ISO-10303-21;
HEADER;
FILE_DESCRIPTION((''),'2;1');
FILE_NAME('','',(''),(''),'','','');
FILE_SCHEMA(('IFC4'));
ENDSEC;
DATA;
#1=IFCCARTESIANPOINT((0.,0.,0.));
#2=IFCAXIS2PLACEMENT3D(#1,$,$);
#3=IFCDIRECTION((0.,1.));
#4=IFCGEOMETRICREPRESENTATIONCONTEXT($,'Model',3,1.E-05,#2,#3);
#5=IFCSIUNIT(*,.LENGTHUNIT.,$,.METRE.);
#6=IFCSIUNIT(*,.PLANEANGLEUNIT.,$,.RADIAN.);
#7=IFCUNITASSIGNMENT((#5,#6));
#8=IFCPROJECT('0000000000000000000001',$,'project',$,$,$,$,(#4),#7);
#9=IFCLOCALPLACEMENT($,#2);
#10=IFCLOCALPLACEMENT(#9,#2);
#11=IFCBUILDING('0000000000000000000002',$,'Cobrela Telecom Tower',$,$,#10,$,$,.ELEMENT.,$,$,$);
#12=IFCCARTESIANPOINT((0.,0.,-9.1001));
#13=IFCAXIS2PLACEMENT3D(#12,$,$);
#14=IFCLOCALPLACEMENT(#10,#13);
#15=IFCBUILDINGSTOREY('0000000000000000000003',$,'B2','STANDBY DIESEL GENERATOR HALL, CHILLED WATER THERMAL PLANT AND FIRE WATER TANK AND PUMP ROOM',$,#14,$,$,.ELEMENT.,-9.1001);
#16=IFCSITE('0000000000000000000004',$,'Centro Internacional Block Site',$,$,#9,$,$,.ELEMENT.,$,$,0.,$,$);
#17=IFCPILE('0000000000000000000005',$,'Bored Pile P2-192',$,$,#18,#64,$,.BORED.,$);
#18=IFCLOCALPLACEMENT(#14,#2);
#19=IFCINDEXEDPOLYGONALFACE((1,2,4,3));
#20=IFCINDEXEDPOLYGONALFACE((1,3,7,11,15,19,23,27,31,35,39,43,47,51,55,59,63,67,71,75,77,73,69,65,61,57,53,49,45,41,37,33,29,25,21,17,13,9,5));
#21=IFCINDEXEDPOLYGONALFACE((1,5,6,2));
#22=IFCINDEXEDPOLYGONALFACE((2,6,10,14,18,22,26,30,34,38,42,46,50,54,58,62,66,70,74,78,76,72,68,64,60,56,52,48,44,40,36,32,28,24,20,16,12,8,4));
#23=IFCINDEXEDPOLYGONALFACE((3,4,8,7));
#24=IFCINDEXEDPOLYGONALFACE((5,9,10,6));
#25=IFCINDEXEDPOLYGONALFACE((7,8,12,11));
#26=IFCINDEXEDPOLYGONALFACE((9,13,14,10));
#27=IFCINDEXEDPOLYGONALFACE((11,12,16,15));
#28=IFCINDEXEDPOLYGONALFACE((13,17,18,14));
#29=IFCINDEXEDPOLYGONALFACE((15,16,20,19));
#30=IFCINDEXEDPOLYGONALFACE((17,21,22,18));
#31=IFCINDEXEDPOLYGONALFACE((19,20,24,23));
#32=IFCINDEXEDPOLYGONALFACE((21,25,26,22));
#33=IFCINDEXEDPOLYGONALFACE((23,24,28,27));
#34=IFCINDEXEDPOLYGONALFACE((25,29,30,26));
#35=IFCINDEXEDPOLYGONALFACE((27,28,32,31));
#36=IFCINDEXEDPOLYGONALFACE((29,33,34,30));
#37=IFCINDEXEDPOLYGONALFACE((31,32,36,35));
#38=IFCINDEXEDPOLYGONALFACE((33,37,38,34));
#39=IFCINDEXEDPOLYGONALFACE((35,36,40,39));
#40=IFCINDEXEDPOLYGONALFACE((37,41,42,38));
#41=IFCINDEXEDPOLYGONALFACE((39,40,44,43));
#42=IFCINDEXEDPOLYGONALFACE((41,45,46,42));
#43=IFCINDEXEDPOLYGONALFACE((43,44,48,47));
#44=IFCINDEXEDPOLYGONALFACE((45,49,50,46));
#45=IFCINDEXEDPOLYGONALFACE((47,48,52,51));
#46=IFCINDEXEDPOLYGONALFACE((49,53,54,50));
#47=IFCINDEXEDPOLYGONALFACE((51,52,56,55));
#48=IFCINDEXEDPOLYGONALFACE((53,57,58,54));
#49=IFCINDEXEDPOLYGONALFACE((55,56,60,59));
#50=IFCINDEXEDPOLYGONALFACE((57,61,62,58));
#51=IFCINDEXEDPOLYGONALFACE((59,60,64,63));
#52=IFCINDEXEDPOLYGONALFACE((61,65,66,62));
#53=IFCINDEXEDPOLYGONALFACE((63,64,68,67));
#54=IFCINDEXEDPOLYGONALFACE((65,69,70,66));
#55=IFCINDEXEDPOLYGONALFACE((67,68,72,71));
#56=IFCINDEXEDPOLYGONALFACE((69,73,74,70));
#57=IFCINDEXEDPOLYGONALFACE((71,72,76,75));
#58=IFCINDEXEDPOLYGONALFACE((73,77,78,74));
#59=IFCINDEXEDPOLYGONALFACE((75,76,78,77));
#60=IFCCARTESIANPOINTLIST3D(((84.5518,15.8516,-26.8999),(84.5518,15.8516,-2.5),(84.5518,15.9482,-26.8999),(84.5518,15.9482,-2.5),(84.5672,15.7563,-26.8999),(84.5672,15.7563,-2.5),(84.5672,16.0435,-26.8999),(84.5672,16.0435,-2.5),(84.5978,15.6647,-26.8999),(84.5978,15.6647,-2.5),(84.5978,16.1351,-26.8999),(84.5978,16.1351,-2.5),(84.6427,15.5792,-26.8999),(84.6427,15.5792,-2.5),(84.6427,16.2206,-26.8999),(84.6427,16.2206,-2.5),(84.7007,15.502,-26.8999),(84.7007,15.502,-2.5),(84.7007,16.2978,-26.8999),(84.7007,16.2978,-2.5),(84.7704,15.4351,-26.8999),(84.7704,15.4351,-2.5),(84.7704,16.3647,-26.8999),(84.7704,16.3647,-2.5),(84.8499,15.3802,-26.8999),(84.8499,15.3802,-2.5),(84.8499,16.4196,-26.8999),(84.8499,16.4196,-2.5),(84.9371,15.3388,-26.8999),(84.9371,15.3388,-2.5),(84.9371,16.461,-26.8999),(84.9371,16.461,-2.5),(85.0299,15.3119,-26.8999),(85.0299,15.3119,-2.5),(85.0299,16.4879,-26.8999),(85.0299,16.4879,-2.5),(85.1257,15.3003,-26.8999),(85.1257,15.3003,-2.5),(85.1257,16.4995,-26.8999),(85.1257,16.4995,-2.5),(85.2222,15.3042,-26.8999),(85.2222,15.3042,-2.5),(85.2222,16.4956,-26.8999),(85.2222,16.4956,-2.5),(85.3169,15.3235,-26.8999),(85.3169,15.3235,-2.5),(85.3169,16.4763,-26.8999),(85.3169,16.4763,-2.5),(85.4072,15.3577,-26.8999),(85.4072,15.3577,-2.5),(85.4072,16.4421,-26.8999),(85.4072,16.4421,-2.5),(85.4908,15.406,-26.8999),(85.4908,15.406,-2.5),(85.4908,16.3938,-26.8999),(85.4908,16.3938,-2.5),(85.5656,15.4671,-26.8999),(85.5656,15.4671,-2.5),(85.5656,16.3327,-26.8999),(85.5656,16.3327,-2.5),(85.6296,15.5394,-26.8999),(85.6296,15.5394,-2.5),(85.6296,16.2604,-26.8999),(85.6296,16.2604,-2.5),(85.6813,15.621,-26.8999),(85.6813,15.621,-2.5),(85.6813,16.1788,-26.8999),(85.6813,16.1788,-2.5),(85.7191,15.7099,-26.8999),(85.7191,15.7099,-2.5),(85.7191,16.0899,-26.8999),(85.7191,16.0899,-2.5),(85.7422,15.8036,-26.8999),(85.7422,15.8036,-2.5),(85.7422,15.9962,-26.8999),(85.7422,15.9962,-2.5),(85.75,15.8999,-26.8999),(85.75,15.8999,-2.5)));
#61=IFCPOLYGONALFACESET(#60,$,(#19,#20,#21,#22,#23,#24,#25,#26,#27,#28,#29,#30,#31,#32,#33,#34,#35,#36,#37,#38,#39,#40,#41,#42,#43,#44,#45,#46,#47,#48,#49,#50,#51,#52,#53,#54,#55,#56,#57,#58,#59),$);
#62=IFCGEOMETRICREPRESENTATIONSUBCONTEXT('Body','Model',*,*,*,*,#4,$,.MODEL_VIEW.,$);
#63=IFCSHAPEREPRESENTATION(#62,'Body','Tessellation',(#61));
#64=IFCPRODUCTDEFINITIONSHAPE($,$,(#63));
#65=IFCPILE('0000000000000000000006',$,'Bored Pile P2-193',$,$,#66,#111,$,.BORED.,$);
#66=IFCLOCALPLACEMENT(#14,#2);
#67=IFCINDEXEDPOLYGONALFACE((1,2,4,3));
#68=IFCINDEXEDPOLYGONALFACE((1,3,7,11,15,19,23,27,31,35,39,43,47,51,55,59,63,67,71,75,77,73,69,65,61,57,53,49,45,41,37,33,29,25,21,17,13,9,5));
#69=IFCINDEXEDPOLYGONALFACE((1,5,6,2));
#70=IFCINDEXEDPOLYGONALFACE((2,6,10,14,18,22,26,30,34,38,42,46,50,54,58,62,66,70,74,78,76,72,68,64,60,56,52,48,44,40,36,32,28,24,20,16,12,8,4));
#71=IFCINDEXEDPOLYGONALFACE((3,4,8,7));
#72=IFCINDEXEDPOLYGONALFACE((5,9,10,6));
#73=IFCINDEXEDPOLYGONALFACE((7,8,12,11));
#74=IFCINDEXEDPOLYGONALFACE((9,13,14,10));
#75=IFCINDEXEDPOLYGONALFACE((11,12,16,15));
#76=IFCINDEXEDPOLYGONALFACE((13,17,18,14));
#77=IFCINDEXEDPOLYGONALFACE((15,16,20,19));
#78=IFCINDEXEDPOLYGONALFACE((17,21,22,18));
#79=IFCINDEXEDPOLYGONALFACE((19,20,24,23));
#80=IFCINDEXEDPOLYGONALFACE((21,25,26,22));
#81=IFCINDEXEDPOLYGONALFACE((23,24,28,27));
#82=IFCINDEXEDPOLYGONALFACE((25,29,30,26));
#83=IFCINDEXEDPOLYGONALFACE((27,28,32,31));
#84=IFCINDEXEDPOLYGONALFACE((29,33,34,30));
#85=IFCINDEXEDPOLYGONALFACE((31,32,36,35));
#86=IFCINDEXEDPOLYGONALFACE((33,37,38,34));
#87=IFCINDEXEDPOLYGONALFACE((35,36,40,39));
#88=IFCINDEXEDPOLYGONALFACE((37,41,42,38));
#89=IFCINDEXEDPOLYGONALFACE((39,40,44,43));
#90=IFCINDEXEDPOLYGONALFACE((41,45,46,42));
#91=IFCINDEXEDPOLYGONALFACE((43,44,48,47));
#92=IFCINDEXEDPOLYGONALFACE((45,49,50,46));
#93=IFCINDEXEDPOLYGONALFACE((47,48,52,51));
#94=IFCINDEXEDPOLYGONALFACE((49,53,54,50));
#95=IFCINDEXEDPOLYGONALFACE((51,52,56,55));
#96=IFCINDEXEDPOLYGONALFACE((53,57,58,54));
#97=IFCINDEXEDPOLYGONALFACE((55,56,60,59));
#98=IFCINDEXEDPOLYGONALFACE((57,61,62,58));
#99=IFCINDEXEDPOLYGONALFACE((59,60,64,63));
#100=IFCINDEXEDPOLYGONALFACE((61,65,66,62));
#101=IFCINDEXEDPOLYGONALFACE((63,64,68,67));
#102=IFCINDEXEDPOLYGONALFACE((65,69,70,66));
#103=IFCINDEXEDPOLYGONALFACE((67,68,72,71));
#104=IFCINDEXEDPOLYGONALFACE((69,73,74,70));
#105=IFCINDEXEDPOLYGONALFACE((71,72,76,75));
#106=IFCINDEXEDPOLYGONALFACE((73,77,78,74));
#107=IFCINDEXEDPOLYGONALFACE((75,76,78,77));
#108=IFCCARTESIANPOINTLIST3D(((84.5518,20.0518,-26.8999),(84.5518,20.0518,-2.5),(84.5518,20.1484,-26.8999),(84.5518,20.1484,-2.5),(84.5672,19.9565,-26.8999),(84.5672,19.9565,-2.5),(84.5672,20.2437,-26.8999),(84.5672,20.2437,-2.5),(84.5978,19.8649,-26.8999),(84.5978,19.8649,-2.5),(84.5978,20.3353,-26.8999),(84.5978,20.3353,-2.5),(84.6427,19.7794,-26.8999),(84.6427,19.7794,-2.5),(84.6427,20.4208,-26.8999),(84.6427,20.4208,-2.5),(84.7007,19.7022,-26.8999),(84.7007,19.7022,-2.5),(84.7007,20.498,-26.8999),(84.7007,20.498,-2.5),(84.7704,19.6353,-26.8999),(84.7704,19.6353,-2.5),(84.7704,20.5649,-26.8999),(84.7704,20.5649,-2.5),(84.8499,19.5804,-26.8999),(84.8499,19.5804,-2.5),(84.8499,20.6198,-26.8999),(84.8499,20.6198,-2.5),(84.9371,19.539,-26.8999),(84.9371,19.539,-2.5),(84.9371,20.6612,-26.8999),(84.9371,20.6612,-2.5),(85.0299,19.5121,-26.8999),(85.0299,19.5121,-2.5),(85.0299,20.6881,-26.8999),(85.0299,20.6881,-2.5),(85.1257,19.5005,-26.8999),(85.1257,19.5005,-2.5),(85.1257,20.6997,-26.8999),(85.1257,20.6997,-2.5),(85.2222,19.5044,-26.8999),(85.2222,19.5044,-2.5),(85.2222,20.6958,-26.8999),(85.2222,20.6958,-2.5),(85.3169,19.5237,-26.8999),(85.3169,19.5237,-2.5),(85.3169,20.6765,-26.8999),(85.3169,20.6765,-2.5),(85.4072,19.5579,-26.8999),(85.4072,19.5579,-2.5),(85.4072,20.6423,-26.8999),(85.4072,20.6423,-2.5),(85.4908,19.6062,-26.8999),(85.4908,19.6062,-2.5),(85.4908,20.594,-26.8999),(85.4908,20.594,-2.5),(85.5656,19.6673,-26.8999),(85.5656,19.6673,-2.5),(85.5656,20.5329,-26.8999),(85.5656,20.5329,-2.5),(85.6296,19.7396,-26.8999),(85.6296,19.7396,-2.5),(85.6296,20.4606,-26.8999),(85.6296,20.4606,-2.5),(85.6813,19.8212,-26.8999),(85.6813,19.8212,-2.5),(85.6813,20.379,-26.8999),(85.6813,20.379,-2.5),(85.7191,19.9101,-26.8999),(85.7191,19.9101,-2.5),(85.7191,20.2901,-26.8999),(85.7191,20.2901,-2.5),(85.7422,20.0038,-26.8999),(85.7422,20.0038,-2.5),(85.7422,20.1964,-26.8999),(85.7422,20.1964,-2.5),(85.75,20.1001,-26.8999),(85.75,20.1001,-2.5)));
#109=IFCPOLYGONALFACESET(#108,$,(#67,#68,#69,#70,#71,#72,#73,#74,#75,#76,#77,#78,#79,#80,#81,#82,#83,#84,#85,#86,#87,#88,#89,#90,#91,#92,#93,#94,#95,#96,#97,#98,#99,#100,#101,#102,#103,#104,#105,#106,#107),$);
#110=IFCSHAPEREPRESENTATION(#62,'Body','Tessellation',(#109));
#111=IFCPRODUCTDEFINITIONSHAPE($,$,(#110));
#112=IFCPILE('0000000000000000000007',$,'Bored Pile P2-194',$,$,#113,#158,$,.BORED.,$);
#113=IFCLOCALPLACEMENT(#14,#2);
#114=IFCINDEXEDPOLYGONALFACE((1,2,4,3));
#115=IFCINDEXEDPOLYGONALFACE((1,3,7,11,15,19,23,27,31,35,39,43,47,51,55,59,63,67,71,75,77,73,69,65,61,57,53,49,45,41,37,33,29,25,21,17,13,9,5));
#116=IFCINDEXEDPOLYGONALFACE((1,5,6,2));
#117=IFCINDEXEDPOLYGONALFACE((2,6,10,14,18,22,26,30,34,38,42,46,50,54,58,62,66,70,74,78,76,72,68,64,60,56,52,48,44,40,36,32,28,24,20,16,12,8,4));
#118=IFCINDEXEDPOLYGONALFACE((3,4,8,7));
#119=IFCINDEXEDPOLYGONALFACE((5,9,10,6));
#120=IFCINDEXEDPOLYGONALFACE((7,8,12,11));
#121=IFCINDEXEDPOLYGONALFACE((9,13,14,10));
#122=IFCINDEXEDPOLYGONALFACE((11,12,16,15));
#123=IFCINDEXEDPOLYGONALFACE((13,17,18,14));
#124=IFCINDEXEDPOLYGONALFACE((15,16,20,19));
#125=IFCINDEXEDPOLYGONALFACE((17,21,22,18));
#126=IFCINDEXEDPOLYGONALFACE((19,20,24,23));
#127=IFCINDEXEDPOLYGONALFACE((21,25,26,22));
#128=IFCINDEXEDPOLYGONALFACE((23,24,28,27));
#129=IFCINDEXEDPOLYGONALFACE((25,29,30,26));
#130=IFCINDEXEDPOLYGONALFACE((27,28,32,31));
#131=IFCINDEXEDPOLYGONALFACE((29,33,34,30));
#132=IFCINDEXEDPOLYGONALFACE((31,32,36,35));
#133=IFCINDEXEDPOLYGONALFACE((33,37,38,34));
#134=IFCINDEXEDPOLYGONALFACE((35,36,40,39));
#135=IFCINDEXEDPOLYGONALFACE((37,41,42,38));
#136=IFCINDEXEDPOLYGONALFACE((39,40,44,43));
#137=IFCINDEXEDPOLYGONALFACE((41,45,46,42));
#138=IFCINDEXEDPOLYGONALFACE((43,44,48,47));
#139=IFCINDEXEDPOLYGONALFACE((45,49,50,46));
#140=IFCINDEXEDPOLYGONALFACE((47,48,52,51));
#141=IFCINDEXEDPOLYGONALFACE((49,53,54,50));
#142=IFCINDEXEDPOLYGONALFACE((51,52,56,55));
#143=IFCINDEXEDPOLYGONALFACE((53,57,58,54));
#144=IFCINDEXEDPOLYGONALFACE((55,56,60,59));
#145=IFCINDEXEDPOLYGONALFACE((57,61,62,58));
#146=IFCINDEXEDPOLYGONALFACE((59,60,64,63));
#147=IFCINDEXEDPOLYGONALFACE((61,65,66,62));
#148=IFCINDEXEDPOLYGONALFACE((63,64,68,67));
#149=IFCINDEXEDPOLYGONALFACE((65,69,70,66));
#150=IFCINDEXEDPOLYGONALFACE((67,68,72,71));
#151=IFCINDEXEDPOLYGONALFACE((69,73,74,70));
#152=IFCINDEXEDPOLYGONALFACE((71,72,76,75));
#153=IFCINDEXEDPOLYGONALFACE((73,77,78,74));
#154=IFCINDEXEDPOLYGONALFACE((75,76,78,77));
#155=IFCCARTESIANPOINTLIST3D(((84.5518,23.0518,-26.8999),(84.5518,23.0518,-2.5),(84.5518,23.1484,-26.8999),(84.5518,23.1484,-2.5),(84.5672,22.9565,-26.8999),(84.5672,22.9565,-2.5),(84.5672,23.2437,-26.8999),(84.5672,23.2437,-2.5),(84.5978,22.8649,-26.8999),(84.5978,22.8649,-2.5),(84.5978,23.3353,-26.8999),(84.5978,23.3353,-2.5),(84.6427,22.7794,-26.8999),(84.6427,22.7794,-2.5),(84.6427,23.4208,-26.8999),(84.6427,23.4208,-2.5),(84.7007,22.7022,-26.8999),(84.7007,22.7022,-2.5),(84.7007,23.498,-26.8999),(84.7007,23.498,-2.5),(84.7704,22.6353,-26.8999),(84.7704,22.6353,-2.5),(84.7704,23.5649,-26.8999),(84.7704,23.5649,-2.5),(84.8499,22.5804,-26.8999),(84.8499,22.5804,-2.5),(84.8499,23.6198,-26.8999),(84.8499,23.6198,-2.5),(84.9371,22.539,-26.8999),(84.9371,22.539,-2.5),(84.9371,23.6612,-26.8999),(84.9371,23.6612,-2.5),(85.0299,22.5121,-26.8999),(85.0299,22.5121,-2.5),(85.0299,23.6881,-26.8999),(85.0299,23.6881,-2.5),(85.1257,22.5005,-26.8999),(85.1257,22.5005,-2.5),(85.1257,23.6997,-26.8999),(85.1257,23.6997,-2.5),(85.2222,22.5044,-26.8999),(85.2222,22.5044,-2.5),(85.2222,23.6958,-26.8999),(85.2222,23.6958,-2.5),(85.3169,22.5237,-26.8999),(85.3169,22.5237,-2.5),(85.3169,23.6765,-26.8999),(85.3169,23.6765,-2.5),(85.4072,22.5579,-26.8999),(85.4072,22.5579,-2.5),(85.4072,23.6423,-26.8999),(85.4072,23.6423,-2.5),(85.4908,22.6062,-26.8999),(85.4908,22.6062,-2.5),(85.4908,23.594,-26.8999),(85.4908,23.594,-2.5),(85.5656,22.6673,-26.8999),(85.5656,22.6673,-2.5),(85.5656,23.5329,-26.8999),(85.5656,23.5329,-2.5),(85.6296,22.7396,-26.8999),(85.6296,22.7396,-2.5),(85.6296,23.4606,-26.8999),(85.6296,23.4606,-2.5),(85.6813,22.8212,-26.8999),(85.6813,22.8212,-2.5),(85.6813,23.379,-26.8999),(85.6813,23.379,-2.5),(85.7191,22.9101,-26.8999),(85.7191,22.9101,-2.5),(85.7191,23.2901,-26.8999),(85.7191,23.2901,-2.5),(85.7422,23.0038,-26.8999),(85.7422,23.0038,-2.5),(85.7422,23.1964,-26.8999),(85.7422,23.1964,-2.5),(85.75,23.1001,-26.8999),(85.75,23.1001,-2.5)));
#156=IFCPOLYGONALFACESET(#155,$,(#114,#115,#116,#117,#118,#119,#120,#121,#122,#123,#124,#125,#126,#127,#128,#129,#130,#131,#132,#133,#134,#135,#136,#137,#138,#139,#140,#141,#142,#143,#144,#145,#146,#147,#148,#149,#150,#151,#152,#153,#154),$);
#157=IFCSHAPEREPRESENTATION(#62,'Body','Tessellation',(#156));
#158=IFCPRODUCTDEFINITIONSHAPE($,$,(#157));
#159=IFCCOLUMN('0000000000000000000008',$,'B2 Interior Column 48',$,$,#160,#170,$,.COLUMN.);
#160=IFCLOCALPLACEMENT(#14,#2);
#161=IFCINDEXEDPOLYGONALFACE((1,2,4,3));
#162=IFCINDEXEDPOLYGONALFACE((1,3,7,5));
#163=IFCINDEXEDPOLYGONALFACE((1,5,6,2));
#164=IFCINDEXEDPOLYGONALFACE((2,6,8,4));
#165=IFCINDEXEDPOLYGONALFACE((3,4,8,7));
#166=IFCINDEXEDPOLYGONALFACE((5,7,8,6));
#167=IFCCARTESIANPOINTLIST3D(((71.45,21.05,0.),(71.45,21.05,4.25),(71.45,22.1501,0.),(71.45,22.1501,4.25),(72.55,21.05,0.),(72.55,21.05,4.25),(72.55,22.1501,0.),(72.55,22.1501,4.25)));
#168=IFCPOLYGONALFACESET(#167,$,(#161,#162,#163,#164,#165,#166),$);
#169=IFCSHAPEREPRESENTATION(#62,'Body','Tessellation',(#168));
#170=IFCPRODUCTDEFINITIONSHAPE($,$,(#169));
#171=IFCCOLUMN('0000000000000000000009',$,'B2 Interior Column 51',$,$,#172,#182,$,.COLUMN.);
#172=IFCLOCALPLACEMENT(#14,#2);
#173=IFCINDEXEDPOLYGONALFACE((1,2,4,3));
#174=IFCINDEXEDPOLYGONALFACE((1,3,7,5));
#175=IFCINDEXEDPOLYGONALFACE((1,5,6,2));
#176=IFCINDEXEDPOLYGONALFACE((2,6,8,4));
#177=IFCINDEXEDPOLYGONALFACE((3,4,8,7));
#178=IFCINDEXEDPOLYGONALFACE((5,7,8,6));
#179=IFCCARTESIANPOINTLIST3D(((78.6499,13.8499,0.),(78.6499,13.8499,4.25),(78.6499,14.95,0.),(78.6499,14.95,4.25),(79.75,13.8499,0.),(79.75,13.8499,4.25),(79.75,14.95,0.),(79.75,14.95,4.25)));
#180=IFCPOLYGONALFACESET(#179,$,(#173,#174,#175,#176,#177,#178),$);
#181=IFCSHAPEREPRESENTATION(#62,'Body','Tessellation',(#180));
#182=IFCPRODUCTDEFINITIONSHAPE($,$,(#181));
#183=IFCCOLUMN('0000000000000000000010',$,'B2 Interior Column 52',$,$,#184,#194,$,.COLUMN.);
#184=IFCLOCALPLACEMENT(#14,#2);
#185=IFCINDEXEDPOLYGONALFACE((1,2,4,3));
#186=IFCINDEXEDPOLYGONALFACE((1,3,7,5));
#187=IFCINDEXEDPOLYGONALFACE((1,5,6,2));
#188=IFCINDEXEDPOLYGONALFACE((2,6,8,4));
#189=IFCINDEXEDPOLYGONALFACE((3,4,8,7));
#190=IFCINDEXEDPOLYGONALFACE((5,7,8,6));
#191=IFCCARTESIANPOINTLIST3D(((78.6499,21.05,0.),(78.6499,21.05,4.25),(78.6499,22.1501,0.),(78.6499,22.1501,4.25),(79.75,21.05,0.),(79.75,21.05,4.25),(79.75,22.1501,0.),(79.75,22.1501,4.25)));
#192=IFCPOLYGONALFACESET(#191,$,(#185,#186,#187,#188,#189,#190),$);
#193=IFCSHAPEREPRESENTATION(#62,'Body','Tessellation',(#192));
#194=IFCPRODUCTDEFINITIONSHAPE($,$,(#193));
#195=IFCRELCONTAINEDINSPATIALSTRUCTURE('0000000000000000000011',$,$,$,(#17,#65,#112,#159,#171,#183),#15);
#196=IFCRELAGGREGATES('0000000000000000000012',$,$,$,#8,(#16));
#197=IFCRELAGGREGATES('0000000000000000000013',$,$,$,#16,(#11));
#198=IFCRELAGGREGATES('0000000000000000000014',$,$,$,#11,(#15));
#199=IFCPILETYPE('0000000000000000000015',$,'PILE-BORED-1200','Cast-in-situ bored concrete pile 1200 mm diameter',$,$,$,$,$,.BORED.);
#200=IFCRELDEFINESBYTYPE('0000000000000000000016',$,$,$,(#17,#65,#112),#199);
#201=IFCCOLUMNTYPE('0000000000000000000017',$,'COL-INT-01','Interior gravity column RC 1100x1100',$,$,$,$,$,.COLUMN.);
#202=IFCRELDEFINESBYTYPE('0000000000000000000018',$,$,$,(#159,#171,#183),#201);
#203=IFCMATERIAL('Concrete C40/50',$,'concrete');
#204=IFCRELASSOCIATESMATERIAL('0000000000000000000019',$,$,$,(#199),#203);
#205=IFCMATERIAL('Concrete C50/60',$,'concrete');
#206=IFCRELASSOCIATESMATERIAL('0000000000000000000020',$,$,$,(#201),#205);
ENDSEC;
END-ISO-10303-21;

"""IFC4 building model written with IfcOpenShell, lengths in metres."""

from ifc_helpers import new_model, si_unit, direction, frame, origin, origin_2d, place, context, subcontext, project, spatial, rectangle, circle, extrude, material, material_profile, profile_set, type_object, element, save


model = new_model("IFC4")

# Units and contexts
model_context = context("Model", 3, precision=1e-05, world=origin(), true_north=direction((0.0, 1.0)))
body_context = subcontext(model_context, "Body", "Model", "MODEL_VIEW")
ifc_project = project(units=[si_unit("LENGTHUNIT", "METRE"), si_unit("PLANEANGLEUNIT", "RADIAN")], contexts=[model_context])

# Site, building, storey
site_placement = place(None, origin())
site = spatial("IfcSite", under=ifc_project, at=site_placement, Name="Centro Internacional Block Site", CompositionType="ELEMENT", RefElevation=0.0)
building_placement = place(site_placement, origin())
building = spatial("IfcBuilding", under=site, at=building_placement, Name="Cobrela Telecom Tower", CompositionType="ELEMENT")
storey_placement = place(building_placement, frame((0.0, 0.0, -9.1001)))
storey = spatial("IfcBuildingStorey", under=building, at=storey_placement, Name="B2", Description="STANDBY DIESEL GENERATOR HALL, CHILLED WATER THERMAL PLANT AND FIRE WATER TANK AND PUMP ROOM", CompositionType="ELEMENT", Elevation=-9.1001)

# Shared definitions
ifc_material_1 = material(Name="Concrete C40/50", Category="concrete")

# Piles
ifc_material_profile_1 = material_profile(ifc_material_1, circle(Radius=0.6001, at=origin_2d()), Name="BORED PILE D1200")
ifc_profile_set_1 = profile_set([ifc_material_profile_1], Name="Concrete C40/50")
pile_type = type_object("IfcPileType", Name="PILE-BORED-1200", Description="Cast-in-situ bored concrete pile 1200 mm diameter", PredefinedType="BORED", material=ifc_profile_set_1)
for number, where, z_axis, x_axis, name in (
    (1, (85.1499, 15.8999, -2.5), (0.0, 0.0, -1.0), (1.0, 0.0, 0.0), "Bored Pile P2-192"),
    (2, (85.1499, 20.1001, -2.5), (0.0, 0.0, -1.0), (1.0, 0.0, 0.0), "Bored Pile P2-193"),
    (3, (85.1499, 23.1001, -2.5), (0.0, 0.0, -1.0), (1.0, 0.0, 0.0), "Bored Pile P2-194"),
):
    element("IfcPile", number, at=place(storey_placement, frame(where, z_axis=z_axis, x_axis=x_axis)), inside=storey, type_object=pile_type, Name=name, PredefinedType="BORED", context=body_context, shape_type="SweptSolid", body=[
        extrude(circle(Radius=0.6001, at=origin_2d()), origin(), (0.0, 0.0, 1.0), 24.3999),
    ])

# Columns
ifc_material_2 = material(Name="Concrete C50/60", Category="concrete")
ifc_material_profile_2 = material_profile(ifc_material_2, rectangle(XDim=1.1001, YDim=1.1001, at=origin_2d()), Name="RC 1100x1100")
ifc_profile_set_2 = profile_set([ifc_material_profile_2], Name="Concrete C50/60")
column_type_1 = type_object("IfcColumnType", Name="COL-INT-01", Description="Interior gravity column RC 1100x1100", PredefinedType="COLUMN", material=ifc_profile_set_2)
for number, where, z_axis, x_axis, name in (
    (4, (72.0, 21.6001, 0.0), (0.0, 0.0, 1.0), (1.0, 0.0, 0.0), "B2 Interior Column 48"),
    (5, (79.2, 14.3999, 0.0), (0.0, 0.0, 1.0), (1.0, 0.0, 0.0), "B2 Interior Column 51"),
    (6, (79.2, 21.6001, 0.0), (0.0, 0.0, 1.0), (1.0, 0.0, 0.0), "B2 Interior Column 52"),
):
    element("IfcColumn", number, at=place(storey_placement, frame(where, z_axis=z_axis, x_axis=x_axis)), inside=storey, type_object=column_type_1, Name=name, PredefinedType="COLUMN", context=body_context, shape_type="SweptSolid", body=[
        extrude(rectangle(XDim=1.1001, YDim=1.1001, at=origin_2d()), origin(), (0.0, 0.0, 1.0), 4.25),
    ])

save(model, "model.ifc")
